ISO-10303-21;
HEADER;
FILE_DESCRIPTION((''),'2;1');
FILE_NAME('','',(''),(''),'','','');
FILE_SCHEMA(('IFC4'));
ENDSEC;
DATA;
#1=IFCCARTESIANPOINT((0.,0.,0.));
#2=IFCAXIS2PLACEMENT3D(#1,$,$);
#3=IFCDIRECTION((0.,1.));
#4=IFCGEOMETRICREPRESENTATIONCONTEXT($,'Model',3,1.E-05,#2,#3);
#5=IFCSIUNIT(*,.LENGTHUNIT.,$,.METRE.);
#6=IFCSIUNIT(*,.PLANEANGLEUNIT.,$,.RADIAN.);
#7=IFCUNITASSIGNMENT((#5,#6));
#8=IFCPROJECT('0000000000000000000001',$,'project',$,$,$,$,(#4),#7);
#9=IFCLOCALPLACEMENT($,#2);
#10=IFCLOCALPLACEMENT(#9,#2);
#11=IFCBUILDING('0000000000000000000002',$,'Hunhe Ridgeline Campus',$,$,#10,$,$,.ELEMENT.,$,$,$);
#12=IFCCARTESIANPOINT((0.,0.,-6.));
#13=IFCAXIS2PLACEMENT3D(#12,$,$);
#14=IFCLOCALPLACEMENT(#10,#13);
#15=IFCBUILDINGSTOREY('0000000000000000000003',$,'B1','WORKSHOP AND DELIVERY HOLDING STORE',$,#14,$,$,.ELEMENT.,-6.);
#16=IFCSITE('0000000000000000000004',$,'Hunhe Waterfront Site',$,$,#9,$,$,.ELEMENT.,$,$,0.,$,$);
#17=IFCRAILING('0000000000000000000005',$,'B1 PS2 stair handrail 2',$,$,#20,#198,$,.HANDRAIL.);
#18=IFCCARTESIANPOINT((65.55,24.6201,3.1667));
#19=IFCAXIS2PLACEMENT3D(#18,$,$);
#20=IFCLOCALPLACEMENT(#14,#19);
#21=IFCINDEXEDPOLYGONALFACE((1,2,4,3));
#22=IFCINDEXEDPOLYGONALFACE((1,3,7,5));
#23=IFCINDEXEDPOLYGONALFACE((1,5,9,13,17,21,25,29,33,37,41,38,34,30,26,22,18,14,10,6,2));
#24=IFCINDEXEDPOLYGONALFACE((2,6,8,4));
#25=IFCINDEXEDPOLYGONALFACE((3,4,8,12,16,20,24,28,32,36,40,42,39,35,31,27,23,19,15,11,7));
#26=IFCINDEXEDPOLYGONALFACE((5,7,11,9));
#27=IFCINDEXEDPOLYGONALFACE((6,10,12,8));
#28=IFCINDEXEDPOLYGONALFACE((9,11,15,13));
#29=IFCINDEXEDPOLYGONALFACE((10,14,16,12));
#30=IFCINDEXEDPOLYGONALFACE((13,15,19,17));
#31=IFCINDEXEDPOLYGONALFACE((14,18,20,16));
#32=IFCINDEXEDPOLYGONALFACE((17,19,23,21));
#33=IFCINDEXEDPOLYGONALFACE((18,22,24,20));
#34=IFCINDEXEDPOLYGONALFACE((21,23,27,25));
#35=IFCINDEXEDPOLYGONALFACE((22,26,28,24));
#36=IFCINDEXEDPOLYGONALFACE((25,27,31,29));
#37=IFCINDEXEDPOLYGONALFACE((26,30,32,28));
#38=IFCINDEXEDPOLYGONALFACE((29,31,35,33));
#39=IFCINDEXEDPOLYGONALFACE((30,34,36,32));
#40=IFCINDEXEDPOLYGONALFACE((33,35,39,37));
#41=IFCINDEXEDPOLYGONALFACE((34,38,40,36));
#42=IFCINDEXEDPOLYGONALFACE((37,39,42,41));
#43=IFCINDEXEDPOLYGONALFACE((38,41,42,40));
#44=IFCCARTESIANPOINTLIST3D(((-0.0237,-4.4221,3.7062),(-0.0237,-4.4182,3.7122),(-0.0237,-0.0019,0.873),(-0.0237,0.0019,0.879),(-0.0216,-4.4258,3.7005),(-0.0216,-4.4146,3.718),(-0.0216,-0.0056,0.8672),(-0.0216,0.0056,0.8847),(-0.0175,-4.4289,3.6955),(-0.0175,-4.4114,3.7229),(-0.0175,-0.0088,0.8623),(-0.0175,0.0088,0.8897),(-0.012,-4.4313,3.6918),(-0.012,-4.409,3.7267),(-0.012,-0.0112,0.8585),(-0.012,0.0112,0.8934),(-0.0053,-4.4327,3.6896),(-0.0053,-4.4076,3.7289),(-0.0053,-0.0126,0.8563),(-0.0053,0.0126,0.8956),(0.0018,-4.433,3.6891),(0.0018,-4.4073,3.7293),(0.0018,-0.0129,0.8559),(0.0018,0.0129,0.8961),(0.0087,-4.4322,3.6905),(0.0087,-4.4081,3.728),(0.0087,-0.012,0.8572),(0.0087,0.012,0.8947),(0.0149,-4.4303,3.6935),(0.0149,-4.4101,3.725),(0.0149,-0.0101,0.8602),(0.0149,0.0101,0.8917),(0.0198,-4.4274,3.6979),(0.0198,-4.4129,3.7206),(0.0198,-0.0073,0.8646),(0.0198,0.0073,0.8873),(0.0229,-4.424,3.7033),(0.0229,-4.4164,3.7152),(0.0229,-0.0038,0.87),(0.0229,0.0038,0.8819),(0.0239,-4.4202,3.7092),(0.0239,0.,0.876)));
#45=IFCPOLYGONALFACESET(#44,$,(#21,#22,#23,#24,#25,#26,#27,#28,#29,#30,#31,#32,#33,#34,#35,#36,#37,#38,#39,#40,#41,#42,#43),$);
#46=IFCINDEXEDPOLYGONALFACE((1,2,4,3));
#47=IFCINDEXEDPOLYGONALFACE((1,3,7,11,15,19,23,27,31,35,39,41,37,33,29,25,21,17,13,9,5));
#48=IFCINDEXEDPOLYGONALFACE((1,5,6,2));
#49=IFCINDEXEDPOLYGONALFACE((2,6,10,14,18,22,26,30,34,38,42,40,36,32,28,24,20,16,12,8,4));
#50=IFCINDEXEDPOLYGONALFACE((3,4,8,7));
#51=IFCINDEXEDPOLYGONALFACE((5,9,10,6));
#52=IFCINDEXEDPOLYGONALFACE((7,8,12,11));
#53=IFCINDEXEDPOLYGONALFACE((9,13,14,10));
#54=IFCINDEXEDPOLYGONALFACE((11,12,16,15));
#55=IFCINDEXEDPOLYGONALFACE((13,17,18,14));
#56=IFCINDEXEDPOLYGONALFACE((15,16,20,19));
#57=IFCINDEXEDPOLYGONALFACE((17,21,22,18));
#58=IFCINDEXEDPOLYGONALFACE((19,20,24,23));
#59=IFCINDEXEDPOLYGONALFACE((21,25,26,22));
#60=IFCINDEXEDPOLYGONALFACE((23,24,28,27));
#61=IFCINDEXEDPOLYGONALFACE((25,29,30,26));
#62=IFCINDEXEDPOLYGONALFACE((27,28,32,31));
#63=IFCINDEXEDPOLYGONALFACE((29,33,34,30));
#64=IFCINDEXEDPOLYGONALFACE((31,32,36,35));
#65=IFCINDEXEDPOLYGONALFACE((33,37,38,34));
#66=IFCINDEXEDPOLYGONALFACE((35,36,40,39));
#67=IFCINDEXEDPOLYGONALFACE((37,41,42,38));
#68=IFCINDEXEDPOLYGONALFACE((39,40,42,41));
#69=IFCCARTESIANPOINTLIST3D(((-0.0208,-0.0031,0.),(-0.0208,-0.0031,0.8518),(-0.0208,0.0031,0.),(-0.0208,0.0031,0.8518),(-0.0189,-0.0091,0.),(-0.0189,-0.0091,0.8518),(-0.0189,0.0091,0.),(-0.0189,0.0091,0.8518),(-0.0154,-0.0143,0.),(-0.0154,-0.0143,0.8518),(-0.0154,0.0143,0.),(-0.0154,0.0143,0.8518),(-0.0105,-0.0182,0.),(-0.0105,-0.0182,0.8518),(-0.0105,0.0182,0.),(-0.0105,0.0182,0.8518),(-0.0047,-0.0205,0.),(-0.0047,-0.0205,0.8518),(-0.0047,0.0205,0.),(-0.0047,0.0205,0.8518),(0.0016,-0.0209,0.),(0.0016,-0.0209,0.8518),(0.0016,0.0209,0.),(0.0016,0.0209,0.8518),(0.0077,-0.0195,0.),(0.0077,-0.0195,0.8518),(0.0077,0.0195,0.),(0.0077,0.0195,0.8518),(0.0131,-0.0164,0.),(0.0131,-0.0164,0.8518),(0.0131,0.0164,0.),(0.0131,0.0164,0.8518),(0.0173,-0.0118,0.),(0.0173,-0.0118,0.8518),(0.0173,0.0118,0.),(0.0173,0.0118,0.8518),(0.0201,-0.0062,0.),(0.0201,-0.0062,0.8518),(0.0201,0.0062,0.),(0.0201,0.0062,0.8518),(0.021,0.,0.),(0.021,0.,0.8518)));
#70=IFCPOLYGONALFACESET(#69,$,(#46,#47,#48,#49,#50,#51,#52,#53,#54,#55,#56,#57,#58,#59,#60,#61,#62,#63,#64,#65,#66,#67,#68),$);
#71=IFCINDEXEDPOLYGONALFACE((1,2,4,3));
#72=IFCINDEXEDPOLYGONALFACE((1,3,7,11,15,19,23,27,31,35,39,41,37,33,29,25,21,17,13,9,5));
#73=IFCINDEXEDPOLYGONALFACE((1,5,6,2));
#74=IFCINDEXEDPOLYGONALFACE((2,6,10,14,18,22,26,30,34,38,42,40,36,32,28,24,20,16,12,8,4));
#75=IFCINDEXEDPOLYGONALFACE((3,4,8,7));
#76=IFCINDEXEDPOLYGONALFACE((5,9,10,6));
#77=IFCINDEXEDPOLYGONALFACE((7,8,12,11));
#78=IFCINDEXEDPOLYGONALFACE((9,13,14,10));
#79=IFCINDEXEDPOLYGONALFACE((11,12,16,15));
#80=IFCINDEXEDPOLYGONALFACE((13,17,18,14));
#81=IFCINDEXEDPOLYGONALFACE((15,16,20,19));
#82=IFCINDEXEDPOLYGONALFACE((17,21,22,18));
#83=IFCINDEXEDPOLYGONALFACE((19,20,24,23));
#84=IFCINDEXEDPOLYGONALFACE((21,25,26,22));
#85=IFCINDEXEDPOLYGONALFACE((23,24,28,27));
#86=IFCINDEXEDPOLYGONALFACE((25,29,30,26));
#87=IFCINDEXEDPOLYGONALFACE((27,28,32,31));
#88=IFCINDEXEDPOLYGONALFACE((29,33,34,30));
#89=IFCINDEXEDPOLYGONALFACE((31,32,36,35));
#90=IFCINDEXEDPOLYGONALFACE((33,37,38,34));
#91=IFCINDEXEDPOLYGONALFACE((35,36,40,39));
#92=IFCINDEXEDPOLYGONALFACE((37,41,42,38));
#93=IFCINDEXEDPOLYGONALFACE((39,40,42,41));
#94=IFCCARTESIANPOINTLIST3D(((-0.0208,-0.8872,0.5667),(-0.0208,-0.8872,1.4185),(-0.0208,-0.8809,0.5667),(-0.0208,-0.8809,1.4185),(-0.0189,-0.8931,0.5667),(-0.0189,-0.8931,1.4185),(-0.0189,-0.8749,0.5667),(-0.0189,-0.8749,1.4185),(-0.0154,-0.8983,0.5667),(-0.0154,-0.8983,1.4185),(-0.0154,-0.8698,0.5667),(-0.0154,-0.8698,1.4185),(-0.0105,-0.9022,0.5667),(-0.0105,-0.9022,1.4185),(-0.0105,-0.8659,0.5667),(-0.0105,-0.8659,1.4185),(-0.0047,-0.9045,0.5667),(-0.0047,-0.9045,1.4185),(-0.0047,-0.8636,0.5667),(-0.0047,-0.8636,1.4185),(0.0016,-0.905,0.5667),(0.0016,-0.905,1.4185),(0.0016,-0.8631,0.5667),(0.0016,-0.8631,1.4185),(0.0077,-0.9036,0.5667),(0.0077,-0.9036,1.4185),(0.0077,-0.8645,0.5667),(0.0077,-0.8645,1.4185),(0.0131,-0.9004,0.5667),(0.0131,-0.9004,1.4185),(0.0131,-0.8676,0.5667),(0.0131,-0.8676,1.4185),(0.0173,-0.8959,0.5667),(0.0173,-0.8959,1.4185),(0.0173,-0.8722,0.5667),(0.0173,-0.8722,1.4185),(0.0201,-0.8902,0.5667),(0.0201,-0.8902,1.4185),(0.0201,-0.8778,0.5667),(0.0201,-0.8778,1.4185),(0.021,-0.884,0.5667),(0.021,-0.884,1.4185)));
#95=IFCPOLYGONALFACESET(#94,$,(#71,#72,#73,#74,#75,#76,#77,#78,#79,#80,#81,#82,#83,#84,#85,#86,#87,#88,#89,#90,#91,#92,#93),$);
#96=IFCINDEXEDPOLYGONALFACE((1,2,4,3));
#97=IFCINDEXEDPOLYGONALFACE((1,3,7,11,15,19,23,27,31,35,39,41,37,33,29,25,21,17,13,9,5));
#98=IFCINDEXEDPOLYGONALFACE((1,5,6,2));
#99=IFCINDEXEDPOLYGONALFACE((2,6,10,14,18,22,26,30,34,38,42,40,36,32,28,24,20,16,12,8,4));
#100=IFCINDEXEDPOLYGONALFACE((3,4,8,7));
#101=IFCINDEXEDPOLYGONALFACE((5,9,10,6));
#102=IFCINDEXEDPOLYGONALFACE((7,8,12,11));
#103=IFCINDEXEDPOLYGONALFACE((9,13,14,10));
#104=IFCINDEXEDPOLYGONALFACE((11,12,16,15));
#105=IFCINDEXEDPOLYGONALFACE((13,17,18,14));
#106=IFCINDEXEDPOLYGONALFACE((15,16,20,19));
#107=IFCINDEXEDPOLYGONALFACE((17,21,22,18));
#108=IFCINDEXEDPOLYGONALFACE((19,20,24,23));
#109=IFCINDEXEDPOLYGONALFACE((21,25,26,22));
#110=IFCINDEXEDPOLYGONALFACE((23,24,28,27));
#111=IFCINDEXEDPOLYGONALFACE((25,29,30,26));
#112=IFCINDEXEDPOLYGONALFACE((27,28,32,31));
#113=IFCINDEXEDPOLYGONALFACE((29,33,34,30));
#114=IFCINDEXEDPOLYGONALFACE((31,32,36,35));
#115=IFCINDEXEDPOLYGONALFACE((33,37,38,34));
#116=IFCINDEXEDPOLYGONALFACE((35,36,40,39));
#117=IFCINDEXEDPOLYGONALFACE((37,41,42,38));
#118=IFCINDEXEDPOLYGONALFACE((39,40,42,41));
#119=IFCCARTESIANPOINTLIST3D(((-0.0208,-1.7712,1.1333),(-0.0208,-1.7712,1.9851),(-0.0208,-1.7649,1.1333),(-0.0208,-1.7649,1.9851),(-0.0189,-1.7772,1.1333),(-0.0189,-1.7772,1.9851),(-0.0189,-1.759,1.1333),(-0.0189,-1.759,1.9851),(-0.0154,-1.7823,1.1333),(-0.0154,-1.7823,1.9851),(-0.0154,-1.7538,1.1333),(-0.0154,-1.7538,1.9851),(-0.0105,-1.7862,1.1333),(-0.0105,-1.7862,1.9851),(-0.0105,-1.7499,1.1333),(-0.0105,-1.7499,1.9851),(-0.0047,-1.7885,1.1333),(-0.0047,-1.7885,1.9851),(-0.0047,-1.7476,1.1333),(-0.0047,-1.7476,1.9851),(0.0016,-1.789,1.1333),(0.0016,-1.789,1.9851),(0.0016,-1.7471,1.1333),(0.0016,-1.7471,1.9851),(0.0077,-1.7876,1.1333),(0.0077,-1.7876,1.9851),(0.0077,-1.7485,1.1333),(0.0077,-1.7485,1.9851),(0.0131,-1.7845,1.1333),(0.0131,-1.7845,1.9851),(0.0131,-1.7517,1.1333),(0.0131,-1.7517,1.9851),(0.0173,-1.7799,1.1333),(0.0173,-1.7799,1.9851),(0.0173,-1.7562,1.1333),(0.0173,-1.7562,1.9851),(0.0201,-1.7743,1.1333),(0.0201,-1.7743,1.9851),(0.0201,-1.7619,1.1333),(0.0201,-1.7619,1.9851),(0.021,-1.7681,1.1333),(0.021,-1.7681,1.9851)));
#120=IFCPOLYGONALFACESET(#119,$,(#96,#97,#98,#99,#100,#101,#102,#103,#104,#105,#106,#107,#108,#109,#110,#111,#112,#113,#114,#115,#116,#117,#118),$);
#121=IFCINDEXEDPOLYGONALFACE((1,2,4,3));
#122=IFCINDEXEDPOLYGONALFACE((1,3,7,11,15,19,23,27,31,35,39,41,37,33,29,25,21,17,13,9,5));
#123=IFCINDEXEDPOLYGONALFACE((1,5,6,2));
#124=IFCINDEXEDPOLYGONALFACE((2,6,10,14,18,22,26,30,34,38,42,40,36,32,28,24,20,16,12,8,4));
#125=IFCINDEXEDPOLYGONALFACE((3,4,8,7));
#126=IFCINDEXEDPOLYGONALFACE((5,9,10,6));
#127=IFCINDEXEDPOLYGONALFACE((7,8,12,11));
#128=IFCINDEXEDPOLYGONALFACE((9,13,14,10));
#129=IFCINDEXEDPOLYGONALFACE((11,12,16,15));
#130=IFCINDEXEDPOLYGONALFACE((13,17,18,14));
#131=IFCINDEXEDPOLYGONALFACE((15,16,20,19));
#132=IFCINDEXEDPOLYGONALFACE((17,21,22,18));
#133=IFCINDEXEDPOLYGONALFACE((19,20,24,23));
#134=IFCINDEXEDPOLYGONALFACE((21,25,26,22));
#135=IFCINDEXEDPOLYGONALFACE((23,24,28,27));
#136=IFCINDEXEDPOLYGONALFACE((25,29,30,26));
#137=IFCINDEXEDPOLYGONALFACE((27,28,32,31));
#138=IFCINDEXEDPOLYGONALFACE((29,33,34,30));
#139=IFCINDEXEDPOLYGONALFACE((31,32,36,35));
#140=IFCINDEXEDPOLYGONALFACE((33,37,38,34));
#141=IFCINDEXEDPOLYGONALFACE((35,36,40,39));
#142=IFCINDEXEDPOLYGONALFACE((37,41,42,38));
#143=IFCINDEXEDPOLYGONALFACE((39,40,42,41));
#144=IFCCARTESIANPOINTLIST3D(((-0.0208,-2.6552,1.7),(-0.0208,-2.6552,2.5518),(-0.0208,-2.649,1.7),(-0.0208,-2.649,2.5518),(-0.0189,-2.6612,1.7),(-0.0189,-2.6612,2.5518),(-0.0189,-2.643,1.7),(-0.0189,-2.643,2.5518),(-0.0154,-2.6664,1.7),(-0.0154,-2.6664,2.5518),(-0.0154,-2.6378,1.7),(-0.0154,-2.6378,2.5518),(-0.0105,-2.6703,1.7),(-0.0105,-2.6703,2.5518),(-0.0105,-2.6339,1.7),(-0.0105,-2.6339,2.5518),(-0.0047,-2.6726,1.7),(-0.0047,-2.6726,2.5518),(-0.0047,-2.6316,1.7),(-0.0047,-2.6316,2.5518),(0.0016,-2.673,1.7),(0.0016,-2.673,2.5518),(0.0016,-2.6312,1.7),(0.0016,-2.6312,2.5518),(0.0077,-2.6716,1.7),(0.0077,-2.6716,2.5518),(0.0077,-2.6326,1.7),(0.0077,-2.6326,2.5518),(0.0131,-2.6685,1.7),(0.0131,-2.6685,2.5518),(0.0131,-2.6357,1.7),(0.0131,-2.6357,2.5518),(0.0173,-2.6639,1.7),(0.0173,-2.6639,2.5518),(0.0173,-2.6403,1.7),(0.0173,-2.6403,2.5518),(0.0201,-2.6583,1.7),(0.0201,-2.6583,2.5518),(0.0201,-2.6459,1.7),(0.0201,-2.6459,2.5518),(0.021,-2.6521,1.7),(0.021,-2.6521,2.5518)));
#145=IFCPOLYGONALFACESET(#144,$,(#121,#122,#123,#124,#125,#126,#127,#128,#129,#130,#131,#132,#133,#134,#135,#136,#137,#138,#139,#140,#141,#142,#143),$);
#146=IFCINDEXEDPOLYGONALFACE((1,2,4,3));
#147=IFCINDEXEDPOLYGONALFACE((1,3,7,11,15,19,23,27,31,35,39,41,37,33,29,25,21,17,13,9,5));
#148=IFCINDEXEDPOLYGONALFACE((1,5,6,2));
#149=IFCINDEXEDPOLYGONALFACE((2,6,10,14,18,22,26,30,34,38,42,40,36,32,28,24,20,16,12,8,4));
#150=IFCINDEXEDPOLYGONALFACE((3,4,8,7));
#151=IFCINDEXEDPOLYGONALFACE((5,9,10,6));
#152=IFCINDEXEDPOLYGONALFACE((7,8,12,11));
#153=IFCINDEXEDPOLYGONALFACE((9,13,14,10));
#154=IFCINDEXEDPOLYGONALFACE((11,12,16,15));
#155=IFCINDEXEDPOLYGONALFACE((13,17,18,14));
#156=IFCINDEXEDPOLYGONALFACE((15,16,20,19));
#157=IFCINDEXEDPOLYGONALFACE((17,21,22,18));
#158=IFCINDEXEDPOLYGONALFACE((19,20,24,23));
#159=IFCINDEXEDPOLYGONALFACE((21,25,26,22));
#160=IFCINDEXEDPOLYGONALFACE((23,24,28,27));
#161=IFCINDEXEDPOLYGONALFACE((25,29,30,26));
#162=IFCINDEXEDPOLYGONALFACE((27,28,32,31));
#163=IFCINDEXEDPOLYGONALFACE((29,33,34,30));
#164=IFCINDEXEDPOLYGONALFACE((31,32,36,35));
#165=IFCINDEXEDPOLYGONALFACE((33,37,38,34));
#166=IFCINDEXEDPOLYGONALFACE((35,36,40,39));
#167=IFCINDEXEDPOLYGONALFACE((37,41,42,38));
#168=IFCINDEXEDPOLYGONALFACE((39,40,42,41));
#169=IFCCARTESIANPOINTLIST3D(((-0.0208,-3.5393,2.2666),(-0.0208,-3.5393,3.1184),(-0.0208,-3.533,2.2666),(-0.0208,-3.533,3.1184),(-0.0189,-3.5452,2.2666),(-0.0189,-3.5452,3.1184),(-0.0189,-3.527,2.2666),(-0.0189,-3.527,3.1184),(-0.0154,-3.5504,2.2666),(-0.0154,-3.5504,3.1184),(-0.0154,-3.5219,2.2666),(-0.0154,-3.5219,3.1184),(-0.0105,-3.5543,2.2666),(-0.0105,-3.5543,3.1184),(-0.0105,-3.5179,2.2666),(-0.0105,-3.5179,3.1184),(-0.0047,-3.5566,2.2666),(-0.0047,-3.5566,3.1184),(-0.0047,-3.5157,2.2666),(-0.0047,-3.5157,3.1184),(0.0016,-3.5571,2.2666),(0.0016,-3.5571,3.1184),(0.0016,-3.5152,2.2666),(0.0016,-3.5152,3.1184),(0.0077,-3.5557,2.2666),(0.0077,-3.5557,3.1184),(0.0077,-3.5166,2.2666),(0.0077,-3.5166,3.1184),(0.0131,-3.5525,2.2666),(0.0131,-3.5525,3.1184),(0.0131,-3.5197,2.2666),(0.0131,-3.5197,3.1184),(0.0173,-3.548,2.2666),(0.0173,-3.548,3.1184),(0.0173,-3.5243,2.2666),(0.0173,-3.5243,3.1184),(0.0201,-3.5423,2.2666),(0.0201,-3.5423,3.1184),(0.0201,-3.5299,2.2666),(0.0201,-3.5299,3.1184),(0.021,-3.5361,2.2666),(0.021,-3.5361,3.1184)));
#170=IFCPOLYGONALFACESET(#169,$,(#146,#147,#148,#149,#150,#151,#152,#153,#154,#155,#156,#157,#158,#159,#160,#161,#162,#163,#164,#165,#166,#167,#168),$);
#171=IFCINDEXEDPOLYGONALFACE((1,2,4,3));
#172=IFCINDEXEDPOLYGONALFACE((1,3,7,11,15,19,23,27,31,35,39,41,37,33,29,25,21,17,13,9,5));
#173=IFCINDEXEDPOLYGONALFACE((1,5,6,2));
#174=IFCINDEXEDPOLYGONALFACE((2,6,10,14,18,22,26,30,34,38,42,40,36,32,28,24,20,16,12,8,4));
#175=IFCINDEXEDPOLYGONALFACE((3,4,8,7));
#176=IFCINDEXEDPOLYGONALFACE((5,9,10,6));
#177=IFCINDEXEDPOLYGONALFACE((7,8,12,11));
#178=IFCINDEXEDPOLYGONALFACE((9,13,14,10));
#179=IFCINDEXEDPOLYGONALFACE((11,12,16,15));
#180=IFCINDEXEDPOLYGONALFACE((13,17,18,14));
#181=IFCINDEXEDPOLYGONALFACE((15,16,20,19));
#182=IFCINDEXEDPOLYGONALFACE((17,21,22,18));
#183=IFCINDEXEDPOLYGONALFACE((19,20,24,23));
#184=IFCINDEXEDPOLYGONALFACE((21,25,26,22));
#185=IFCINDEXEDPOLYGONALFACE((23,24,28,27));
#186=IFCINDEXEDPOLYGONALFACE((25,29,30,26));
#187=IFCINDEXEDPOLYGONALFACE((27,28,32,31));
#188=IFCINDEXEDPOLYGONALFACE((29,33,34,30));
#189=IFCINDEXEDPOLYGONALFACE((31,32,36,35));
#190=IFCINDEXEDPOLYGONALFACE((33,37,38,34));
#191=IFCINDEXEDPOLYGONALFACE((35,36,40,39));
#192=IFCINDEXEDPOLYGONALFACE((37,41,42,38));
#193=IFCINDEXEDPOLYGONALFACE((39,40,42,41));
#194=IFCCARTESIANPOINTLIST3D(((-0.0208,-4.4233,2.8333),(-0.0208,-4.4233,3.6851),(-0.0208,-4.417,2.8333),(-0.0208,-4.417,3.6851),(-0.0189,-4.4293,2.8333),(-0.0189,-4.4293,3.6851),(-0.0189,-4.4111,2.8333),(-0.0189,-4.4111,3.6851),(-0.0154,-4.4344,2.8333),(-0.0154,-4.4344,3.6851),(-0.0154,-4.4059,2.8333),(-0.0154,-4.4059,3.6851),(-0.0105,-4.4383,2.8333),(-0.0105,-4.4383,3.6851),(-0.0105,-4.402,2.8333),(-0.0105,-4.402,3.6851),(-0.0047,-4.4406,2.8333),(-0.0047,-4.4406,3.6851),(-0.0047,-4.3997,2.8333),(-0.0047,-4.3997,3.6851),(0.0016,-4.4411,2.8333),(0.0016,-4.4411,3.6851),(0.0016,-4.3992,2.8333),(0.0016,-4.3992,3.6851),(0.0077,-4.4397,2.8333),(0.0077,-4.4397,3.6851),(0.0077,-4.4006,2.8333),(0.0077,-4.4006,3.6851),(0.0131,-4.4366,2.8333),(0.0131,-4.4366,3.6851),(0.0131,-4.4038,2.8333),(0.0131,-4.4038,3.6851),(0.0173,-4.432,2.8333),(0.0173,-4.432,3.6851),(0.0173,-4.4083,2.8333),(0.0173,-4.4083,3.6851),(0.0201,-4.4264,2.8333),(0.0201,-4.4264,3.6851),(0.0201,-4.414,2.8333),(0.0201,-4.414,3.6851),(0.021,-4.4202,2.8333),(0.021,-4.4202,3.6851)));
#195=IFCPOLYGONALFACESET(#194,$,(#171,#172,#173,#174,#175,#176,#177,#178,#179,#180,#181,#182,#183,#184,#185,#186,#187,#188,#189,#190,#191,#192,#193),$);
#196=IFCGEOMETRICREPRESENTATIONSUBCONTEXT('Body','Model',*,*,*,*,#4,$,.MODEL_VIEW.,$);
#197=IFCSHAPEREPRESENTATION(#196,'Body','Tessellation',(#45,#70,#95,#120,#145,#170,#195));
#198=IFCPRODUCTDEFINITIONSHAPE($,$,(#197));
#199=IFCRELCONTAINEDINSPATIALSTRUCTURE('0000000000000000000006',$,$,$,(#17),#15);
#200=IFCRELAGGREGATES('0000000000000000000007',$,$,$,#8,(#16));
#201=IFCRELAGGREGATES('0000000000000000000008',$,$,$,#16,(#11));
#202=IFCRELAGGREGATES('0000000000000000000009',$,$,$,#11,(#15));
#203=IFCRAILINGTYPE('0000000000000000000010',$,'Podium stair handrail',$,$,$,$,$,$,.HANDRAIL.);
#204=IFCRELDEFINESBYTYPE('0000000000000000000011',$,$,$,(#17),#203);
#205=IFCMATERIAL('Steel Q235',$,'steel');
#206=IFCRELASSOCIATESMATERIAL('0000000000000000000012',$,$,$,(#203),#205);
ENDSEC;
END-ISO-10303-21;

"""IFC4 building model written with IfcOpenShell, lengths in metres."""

from ifc_helpers import new_model, si_unit, direction, frame, origin, origin_2d, place, context, subcontext, project, spatial, circle, extrude, material, type_object, element, save


model = new_model("IFC4")

# Units and contexts
model_context = context("Model", 3, precision=1e-05, world=origin(), true_north=direction((0.0, 1.0)))
body_context = subcontext(model_context, "Body", "Model", "MODEL_VIEW")
ifc_project = project(units=[si_unit("LENGTHUNIT", "METRE"), si_unit("PLANEANGLEUNIT", "RADIAN")], contexts=[model_context])

# Site, building, storey
site_placement = place(None, origin())
site = spatial("IfcSite", under=ifc_project, at=site_placement, Name="Hunhe Waterfront Site", CompositionType="ELEMENT", RefElevation=0.0)
building_placement = place(site_placement, origin())
building = spatial("IfcBuilding", under=site, at=building_placement, Name="Hunhe Ridgeline Campus", CompositionType="ELEMENT")
storey_placement = place(building_placement, frame((0.0, 0.0, -6.0)))
storey = spatial("IfcBuildingStorey", under=building, at=storey_placement, Name="B1", Description="WORKSHOP AND DELIVERY HOLDING STORE", CompositionType="ELEMENT", Elevation=-6.0)

# Shared definitions
ifc_material_1 = material(Name="Steel Q235", Category="steel")

# Railing
railing_type_1 = type_object("IfcRailingType", Name="Podium stair handrail", PredefinedType="HANDRAIL", material=ifc_material_1)
railing_1_placement = place(storey_placement, frame((65.55, 24.6201, 3.1667)))
element("IfcRailing", 1, at=railing_1_placement, inside=storey, type_object=railing_type_1, Name="B1 PS2 stair handrail 2", PredefinedType="HANDRAIL", context=body_context, shape_type="SweptSolid", body=[
    extrude(circle(Radius=0.0239, at=origin_2d()), frame((0.0, 0.0, 0.876), z_axis=(0.0, -0.841895, 0.539641), x_axis=(1.0, 0.0, 0.0)), (0.0, 0.0, 1.0), 5.2502),
    extrude(circle(Radius=0.021, at=origin_2d()), origin(), (0.0, 0.0, 1.0), 0.8518),
    extrude(circle(Radius=0.021, at=origin_2d()), frame((0.0, -0.884, 0.5667)), (0.0, 0.0, 1.0), 0.8518),
    extrude(circle(Radius=0.021, at=origin_2d()), frame((0.0, -1.7681, 1.1333)), (0.0, 0.0, 1.0), 0.8518),
    extrude(circle(Radius=0.021, at=origin_2d()), frame((0.0, -2.6521, 1.7)), (0.0, 0.0, 1.0), 0.8518),
    extrude(circle(Radius=0.021, at=origin_2d()), frame((0.0, -3.5361, 2.2666)), (0.0, 0.0, 1.0), 0.8518),
    extrude(circle(Radius=0.021, at=origin_2d()), frame((0.0, -4.4202, 2.8333)), (0.0, 0.0, 1.0), 0.8518),
])

save(model, "model.ifc")
